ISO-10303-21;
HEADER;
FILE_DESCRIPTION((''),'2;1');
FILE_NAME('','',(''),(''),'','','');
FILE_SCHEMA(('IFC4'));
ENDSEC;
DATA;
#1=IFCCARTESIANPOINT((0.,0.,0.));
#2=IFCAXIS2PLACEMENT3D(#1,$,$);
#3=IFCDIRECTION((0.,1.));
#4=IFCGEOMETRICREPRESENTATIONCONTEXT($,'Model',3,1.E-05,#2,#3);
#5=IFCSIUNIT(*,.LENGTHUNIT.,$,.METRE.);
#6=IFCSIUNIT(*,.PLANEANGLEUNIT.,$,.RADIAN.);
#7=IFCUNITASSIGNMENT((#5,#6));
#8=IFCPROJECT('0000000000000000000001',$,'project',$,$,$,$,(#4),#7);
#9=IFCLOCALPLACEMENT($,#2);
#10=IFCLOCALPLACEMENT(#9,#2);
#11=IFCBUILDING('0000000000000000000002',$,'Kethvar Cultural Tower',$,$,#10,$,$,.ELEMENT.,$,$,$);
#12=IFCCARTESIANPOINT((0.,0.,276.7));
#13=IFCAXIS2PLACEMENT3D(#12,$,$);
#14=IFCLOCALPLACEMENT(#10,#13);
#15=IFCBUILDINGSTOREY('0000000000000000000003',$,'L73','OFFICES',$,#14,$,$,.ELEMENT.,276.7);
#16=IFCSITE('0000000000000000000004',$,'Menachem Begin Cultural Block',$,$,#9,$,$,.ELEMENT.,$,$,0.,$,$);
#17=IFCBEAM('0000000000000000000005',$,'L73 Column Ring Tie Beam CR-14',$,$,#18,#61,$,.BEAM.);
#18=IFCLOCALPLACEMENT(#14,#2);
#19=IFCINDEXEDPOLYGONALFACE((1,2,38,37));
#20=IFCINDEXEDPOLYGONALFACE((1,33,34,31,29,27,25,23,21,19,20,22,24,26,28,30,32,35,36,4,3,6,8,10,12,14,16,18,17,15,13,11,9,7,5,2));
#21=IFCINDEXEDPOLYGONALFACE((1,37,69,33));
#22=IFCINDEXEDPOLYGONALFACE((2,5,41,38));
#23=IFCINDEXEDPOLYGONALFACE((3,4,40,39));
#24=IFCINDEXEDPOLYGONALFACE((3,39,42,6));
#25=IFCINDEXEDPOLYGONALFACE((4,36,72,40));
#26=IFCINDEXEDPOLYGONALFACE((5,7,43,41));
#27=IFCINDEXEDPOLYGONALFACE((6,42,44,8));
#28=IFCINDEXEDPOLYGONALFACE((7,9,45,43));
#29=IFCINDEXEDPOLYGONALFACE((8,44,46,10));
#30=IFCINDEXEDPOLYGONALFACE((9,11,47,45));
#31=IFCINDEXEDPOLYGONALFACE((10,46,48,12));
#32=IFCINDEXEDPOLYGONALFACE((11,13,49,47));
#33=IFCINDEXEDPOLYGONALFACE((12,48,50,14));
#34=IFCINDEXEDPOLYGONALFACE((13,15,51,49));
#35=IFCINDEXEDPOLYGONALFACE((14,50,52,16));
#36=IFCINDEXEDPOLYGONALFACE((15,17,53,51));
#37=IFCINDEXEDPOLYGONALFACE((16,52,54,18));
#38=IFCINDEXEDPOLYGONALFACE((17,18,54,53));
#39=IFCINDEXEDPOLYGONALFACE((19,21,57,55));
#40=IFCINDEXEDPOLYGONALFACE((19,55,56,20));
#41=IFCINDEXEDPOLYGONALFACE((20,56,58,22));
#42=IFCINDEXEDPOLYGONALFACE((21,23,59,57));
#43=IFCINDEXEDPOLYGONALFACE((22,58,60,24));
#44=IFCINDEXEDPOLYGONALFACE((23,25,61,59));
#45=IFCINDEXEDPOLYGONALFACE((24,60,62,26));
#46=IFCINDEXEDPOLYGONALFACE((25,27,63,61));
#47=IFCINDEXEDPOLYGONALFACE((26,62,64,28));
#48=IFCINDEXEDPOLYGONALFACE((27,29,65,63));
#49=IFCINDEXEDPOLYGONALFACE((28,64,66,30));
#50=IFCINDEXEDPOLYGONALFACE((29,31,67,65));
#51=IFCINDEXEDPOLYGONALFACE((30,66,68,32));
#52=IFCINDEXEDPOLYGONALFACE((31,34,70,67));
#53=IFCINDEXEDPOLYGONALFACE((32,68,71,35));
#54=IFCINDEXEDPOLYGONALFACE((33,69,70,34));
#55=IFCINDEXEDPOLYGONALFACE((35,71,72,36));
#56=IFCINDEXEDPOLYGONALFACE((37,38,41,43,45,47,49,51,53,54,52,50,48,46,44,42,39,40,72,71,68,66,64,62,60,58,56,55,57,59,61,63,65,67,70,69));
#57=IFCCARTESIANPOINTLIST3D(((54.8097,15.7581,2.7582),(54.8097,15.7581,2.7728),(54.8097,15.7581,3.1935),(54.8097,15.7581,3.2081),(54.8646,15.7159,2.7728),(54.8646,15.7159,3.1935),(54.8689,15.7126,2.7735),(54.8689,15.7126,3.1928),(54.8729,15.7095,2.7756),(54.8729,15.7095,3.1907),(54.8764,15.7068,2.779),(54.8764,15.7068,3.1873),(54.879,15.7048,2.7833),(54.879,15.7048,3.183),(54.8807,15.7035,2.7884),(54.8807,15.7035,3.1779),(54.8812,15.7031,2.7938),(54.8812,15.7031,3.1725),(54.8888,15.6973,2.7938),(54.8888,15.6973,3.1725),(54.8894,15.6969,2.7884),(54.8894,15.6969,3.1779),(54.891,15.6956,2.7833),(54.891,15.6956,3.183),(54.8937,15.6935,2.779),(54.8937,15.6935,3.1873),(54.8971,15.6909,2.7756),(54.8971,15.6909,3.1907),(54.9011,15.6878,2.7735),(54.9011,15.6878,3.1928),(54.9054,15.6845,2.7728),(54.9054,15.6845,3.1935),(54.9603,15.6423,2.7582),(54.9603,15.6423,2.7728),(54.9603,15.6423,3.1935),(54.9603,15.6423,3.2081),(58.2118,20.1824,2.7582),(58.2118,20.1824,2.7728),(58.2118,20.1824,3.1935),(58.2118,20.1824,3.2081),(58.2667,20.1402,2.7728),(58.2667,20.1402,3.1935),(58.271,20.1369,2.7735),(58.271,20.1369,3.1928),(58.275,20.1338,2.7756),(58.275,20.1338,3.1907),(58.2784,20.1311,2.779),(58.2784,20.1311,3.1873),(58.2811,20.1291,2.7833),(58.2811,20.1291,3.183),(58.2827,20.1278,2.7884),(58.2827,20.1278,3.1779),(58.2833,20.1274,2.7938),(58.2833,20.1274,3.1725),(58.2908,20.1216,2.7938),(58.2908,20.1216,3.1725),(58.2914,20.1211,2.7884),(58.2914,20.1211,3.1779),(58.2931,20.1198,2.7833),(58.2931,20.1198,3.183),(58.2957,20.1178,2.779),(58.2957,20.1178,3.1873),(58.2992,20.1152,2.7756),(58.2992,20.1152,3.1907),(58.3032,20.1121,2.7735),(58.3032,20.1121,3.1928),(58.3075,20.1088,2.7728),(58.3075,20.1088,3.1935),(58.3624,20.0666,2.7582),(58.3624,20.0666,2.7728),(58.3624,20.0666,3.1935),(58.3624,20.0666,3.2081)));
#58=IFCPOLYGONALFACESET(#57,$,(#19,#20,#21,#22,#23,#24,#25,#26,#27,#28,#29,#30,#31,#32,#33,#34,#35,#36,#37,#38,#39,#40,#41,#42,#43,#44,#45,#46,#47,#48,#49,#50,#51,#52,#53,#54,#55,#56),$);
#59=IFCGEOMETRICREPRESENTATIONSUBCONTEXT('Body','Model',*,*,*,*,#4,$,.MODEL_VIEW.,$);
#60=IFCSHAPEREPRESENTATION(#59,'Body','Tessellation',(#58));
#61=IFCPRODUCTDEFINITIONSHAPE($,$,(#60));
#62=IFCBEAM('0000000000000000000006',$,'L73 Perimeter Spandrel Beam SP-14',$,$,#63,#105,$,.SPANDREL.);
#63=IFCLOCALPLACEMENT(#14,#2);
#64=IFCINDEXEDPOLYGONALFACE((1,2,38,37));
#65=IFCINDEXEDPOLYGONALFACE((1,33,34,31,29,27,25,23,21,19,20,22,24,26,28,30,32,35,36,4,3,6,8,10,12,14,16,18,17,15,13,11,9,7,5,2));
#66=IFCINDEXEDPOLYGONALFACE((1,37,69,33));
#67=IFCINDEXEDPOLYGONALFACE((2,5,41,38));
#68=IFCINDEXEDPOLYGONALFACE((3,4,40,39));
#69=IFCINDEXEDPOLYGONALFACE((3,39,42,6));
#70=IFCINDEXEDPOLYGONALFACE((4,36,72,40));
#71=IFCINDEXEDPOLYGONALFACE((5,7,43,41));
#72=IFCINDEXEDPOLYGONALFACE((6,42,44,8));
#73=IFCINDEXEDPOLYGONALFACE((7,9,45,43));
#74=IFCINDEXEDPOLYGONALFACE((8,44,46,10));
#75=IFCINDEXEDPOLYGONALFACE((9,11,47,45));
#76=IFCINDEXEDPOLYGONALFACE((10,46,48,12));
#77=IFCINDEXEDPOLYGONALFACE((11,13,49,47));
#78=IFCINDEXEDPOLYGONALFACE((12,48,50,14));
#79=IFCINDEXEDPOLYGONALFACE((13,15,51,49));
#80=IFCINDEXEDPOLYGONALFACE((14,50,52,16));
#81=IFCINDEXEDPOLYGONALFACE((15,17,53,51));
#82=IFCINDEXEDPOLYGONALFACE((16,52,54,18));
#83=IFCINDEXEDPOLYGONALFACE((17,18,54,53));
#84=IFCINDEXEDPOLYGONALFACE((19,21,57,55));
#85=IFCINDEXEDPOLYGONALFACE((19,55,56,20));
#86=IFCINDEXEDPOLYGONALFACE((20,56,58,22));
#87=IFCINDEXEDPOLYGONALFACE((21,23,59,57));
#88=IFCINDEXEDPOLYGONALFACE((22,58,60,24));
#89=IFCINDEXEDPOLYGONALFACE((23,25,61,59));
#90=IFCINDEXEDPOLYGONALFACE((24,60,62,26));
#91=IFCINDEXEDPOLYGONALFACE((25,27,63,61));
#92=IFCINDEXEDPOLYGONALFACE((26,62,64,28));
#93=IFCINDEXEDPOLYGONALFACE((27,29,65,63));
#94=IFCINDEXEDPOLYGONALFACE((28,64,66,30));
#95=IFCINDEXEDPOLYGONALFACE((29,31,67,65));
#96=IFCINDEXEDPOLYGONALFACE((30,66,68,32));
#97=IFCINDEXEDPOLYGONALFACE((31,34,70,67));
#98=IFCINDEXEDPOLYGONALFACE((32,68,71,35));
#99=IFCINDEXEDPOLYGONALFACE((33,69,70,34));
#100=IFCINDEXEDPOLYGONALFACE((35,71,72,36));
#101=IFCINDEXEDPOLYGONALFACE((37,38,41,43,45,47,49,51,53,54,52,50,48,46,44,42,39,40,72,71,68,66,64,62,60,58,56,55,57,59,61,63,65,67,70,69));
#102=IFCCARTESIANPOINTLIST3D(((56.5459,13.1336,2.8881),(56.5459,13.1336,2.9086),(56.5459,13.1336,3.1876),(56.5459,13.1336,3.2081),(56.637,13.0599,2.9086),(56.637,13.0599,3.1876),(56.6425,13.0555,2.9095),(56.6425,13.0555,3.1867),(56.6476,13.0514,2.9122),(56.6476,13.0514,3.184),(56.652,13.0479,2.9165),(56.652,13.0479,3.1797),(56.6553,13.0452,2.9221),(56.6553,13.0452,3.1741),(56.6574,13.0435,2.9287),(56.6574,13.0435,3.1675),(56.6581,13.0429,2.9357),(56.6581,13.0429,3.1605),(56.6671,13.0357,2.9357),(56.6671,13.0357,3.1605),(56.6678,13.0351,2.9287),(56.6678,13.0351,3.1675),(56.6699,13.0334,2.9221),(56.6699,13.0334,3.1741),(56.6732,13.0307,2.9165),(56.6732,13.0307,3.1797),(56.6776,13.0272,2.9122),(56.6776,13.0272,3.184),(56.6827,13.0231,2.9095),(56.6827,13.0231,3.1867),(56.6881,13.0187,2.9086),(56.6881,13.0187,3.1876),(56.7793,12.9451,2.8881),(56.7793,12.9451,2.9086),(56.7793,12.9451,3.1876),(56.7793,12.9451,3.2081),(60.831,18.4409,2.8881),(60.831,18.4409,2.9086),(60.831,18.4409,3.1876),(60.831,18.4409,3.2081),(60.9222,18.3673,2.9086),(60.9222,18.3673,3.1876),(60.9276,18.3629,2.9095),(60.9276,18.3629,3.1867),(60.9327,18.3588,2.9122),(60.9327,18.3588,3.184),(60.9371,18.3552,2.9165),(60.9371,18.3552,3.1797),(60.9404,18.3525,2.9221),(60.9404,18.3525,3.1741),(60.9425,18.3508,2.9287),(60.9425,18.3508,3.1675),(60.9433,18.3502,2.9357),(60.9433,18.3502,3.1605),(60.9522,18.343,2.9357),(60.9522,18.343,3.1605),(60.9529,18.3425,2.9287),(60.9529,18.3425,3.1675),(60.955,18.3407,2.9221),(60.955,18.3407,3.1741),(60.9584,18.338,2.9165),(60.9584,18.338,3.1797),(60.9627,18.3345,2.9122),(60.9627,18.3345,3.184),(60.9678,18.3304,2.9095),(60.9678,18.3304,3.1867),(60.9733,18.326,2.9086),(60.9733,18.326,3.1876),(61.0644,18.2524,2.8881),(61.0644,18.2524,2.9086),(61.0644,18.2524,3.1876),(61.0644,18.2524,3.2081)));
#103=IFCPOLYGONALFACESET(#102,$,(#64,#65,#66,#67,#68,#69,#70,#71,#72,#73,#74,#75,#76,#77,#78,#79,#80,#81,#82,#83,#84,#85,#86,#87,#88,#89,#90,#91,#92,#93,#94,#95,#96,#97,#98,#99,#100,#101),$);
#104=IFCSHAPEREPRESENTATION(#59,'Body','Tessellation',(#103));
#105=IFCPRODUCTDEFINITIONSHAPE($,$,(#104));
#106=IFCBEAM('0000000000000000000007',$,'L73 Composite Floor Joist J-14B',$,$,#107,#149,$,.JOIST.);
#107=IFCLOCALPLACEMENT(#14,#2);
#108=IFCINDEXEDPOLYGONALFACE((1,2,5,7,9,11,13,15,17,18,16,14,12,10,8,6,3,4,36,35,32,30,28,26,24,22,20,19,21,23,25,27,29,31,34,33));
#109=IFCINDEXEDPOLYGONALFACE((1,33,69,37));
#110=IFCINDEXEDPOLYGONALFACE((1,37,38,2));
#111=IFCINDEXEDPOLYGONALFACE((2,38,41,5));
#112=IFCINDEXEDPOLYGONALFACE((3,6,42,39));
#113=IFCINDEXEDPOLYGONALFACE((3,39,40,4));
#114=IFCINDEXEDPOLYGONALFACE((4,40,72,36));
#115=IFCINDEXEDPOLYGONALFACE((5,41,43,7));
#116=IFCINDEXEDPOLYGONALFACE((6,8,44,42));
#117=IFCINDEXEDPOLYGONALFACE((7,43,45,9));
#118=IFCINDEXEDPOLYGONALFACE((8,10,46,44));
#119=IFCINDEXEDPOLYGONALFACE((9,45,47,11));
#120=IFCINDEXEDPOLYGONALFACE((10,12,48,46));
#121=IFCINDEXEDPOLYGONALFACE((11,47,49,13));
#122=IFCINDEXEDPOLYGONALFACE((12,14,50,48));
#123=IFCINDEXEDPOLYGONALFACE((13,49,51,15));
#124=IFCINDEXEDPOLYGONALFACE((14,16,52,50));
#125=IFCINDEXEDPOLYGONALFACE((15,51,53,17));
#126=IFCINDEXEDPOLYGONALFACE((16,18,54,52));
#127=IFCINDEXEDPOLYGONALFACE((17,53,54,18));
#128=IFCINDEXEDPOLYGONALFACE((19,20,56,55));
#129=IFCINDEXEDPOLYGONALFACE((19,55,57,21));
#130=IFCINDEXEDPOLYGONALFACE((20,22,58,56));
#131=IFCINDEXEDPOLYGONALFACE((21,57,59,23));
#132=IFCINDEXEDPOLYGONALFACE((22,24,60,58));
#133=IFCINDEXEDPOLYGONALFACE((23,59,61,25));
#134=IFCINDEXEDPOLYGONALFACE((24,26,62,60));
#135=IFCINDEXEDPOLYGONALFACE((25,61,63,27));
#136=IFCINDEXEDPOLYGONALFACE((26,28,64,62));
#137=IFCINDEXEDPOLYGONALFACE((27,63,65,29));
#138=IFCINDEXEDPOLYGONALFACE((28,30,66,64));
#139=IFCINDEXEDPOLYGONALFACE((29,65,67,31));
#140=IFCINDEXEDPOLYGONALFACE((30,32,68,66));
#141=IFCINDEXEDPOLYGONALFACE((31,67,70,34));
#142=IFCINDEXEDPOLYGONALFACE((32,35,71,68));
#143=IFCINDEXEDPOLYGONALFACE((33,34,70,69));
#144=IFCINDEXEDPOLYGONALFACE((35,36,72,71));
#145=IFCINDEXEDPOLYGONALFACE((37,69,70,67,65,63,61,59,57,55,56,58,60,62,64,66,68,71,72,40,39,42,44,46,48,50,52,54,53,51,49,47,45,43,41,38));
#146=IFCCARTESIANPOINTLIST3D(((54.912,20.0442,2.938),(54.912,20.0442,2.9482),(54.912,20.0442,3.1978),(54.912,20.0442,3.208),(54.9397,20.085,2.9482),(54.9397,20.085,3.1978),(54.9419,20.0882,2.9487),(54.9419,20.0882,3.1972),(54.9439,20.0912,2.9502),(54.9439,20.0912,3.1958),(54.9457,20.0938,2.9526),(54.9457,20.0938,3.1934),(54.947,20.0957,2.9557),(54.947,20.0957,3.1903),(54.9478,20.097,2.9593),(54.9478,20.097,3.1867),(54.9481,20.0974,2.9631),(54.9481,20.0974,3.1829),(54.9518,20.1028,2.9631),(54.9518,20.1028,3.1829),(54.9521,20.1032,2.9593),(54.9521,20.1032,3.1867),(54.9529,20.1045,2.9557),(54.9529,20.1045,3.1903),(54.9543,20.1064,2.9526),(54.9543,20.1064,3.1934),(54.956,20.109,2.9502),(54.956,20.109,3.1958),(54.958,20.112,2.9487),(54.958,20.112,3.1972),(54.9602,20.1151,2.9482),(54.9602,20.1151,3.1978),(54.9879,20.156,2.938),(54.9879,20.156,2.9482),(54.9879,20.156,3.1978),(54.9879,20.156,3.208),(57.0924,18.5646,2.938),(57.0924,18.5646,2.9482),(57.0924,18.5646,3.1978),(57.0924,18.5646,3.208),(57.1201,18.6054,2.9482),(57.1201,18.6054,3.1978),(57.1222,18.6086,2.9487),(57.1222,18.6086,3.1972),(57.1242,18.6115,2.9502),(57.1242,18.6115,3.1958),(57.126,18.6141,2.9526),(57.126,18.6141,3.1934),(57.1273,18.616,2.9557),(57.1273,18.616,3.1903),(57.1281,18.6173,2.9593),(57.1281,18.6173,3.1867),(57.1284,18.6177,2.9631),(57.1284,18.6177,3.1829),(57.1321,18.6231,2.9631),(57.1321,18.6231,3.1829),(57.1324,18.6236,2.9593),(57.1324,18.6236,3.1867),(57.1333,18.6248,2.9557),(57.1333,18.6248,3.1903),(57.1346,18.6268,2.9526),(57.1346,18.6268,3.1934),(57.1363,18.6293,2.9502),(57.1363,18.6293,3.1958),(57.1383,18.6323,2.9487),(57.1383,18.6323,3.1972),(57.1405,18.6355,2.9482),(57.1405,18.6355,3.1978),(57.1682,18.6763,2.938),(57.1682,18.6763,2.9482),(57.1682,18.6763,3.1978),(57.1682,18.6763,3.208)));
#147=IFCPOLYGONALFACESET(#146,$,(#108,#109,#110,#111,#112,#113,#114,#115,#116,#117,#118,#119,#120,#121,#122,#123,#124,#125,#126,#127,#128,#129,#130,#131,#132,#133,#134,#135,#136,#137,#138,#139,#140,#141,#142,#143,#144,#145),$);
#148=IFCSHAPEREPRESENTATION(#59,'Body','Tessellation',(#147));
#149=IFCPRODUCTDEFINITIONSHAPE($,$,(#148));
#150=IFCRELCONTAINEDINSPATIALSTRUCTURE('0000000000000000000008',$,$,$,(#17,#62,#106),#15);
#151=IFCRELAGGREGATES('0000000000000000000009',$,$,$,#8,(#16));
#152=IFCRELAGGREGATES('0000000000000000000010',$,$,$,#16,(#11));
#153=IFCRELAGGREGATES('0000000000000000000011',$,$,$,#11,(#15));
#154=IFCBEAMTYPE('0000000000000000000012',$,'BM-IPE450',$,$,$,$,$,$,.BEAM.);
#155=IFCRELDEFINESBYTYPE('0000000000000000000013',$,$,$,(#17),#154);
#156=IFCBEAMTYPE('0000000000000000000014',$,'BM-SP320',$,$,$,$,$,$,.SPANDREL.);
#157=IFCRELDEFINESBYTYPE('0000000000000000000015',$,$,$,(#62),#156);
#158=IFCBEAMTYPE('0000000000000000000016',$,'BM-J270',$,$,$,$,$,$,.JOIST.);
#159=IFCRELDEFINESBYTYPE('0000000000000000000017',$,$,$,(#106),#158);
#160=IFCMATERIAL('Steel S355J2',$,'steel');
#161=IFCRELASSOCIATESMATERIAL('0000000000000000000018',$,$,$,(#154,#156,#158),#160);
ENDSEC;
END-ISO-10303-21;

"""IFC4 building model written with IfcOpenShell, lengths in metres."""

from ifc_helpers import new_model, si_unit, direction, frame, origin, origin_2d, place, context, subcontext, project, spatial, i_section, extrude, source, transform, mapped, material, material_profile, profile_set, type_object, element, save


model = new_model("IFC4")

# Units and contexts
model_context = context("Model", 3, precision=1e-05, world=origin(), true_north=direction((0.0, 1.0)))
body_context = subcontext(model_context, "Body", "Model", "MODEL_VIEW")
ifc_project = project(units=[si_unit("LENGTHUNIT", "METRE"), si_unit("PLANEANGLEUNIT", "RADIAN")], contexts=[model_context])

# Site, building, storey
site_placement = place(None, origin())
site = spatial("IfcSite", under=ifc_project, at=site_placement, Name="Menachem Begin Cultural Block", CompositionType="ELEMENT", RefElevation=0.0)
building_placement = place(site_placement, origin())
building = spatial("IfcBuilding", under=site, at=building_placement, Name="Kethvar Cultural Tower", CompositionType="ELEMENT")
storey_placement = place(building_placement, frame((0.0, 0.0, 276.7)))
storey = spatial("IfcBuildingStorey", under=building, at=storey_placement, Name="L73", Description="OFFICES", CompositionType="ELEMENT", Elevation=276.7)

# Beams
ifc_material_1 = material(Name="Steel S355J2", Category="steel")
ifc_material_profile_1 = material_profile(ifc_material_1, i_section(OverallWidth=0.1899, OverallDepth=0.45, WebThickness=0.0095, FlangeThickness=0.0146, FilletRadius=0.021, at=origin_2d()), Name="Steel S355J2 — IPE450")
ifc_profile_set_1 = profile_set([ifc_material_profile_1], Name="Steel S355J2 — IPE450")
beam_type_1 = type_object("IfcBeamType", Name="BM-IPE450", PredefinedType="BEAM", material=ifc_profile_set_1)
shared_shape_1 = source(origin(), body_context, "Body", "SweptSolid", [
    extrude(i_section(OverallWidth=0.1899, OverallDepth=0.45, WebThickness=0.0095, FlangeThickness=0.0146, FilletRadius=0.021, at=origin_2d()), origin(), (0.0, 0.0, 1.0), 5.5811),
])
beam_1_placement = place(storey_placement, frame((54.885, 15.7002, 2.9832), z_axis=(0.609573, 0.79273, 0.0), x_axis=(-0.79273, 0.609573, 0.0)))
element("IfcBeam", 1, at=beam_1_placement, inside=storey, type_object=beam_type_1, Name="L73 Column Ring Tie Beam CR-14", PredefinedType="BEAM", context=body_context, shape_type="MappedRepresentation", body=[
    mapped(shared_shape_1, transform((0.0, 0.0, 0.0), scale=1.0)),
])
ifc_material_profile_2 = material_profile(ifc_material_1, i_section(OverallWidth=0.3, OverallDepth=0.3201, WebThickness=0.0115, FlangeThickness=0.0205, FilletRadius=0.0271, at=origin_2d()), Name="Steel S355J2 — HEB320")
ifc_profile_set_2 = profile_set([ifc_material_profile_2], Name="Steel S355J2 — HEB320")
beam_type_2 = type_object("IfcBeamType", Name="BM-SP320", PredefinedType="SPANDREL", material=ifc_profile_set_2)
shared_shape_2 = source(origin(), body_context, "Body", "SweptSolid", [
    extrude(i_section(OverallWidth=0.3, OverallDepth=0.3201, WebThickness=0.0115, FlangeThickness=0.0205, FilletRadius=0.0271, at=origin_2d()), origin(), (0.0, 0.0, 1.0), 6.8213),
])
beam_2_placement = place(storey_placement, frame((56.6626, 13.0393, 3.0481), z_axis=(0.628198, 0.778054, 0.0), x_axis=(-0.778054, 0.628198, 0.0)))
element("IfcBeam", 2, at=beam_2_placement, inside=storey, type_object=beam_type_2, Name="L73 Perimeter Spandrel Beam SP-14", PredefinedType="SPANDREL", context=body_context, shape_type="MappedRepresentation", body=[
    mapped(shared_shape_2, transform((0.0, 0.0, 0.0), scale=1.0)),
])
ifc_material_profile_3 = material_profile(ifc_material_1, i_section(OverallWidth=0.135, OverallDepth=0.27, WebThickness=0.0066, FlangeThickness=0.0103, FilletRadius=0.0149, at=origin_2d()), Name="Steel S355J2 — IPE270")
ifc_profile_set_3 = profile_set([ifc_material_profile_3], Name="Steel S355J2 — IPE270")
beam_type_3 = type_object("IfcBeamType", Name="BM-J270", PredefinedType="JOIST", material=ifc_profile_set_3)
shared_shape_3 = source(origin(), body_context, "Body", "SweptSolid", [
    extrude(i_section(OverallWidth=0.135, OverallDepth=0.27, WebThickness=0.0066, FlangeThickness=0.0103, FilletRadius=0.0149, at=origin_2d()), origin(), (0.0, 0.0, 1.0), 2.635),
])
beam_3_placement = place(storey_placement, frame((54.95, 20.1001, 3.073), z_axis=(0.827447, -0.561544, 0.0), x_axis=(0.561544, 0.827447, 0.0)))
element("IfcBeam", 3, at=beam_3_placement, inside=storey, type_object=beam_type_3, Name="L73 Composite Floor Joist J-14B", PredefinedType="JOIST", context=body_context, shape_type="MappedRepresentation", body=[
    mapped(shared_shape_3, transform((0.0, 0.0, 0.0), scale=1.0)),
])

save(model, "model.ifc")
